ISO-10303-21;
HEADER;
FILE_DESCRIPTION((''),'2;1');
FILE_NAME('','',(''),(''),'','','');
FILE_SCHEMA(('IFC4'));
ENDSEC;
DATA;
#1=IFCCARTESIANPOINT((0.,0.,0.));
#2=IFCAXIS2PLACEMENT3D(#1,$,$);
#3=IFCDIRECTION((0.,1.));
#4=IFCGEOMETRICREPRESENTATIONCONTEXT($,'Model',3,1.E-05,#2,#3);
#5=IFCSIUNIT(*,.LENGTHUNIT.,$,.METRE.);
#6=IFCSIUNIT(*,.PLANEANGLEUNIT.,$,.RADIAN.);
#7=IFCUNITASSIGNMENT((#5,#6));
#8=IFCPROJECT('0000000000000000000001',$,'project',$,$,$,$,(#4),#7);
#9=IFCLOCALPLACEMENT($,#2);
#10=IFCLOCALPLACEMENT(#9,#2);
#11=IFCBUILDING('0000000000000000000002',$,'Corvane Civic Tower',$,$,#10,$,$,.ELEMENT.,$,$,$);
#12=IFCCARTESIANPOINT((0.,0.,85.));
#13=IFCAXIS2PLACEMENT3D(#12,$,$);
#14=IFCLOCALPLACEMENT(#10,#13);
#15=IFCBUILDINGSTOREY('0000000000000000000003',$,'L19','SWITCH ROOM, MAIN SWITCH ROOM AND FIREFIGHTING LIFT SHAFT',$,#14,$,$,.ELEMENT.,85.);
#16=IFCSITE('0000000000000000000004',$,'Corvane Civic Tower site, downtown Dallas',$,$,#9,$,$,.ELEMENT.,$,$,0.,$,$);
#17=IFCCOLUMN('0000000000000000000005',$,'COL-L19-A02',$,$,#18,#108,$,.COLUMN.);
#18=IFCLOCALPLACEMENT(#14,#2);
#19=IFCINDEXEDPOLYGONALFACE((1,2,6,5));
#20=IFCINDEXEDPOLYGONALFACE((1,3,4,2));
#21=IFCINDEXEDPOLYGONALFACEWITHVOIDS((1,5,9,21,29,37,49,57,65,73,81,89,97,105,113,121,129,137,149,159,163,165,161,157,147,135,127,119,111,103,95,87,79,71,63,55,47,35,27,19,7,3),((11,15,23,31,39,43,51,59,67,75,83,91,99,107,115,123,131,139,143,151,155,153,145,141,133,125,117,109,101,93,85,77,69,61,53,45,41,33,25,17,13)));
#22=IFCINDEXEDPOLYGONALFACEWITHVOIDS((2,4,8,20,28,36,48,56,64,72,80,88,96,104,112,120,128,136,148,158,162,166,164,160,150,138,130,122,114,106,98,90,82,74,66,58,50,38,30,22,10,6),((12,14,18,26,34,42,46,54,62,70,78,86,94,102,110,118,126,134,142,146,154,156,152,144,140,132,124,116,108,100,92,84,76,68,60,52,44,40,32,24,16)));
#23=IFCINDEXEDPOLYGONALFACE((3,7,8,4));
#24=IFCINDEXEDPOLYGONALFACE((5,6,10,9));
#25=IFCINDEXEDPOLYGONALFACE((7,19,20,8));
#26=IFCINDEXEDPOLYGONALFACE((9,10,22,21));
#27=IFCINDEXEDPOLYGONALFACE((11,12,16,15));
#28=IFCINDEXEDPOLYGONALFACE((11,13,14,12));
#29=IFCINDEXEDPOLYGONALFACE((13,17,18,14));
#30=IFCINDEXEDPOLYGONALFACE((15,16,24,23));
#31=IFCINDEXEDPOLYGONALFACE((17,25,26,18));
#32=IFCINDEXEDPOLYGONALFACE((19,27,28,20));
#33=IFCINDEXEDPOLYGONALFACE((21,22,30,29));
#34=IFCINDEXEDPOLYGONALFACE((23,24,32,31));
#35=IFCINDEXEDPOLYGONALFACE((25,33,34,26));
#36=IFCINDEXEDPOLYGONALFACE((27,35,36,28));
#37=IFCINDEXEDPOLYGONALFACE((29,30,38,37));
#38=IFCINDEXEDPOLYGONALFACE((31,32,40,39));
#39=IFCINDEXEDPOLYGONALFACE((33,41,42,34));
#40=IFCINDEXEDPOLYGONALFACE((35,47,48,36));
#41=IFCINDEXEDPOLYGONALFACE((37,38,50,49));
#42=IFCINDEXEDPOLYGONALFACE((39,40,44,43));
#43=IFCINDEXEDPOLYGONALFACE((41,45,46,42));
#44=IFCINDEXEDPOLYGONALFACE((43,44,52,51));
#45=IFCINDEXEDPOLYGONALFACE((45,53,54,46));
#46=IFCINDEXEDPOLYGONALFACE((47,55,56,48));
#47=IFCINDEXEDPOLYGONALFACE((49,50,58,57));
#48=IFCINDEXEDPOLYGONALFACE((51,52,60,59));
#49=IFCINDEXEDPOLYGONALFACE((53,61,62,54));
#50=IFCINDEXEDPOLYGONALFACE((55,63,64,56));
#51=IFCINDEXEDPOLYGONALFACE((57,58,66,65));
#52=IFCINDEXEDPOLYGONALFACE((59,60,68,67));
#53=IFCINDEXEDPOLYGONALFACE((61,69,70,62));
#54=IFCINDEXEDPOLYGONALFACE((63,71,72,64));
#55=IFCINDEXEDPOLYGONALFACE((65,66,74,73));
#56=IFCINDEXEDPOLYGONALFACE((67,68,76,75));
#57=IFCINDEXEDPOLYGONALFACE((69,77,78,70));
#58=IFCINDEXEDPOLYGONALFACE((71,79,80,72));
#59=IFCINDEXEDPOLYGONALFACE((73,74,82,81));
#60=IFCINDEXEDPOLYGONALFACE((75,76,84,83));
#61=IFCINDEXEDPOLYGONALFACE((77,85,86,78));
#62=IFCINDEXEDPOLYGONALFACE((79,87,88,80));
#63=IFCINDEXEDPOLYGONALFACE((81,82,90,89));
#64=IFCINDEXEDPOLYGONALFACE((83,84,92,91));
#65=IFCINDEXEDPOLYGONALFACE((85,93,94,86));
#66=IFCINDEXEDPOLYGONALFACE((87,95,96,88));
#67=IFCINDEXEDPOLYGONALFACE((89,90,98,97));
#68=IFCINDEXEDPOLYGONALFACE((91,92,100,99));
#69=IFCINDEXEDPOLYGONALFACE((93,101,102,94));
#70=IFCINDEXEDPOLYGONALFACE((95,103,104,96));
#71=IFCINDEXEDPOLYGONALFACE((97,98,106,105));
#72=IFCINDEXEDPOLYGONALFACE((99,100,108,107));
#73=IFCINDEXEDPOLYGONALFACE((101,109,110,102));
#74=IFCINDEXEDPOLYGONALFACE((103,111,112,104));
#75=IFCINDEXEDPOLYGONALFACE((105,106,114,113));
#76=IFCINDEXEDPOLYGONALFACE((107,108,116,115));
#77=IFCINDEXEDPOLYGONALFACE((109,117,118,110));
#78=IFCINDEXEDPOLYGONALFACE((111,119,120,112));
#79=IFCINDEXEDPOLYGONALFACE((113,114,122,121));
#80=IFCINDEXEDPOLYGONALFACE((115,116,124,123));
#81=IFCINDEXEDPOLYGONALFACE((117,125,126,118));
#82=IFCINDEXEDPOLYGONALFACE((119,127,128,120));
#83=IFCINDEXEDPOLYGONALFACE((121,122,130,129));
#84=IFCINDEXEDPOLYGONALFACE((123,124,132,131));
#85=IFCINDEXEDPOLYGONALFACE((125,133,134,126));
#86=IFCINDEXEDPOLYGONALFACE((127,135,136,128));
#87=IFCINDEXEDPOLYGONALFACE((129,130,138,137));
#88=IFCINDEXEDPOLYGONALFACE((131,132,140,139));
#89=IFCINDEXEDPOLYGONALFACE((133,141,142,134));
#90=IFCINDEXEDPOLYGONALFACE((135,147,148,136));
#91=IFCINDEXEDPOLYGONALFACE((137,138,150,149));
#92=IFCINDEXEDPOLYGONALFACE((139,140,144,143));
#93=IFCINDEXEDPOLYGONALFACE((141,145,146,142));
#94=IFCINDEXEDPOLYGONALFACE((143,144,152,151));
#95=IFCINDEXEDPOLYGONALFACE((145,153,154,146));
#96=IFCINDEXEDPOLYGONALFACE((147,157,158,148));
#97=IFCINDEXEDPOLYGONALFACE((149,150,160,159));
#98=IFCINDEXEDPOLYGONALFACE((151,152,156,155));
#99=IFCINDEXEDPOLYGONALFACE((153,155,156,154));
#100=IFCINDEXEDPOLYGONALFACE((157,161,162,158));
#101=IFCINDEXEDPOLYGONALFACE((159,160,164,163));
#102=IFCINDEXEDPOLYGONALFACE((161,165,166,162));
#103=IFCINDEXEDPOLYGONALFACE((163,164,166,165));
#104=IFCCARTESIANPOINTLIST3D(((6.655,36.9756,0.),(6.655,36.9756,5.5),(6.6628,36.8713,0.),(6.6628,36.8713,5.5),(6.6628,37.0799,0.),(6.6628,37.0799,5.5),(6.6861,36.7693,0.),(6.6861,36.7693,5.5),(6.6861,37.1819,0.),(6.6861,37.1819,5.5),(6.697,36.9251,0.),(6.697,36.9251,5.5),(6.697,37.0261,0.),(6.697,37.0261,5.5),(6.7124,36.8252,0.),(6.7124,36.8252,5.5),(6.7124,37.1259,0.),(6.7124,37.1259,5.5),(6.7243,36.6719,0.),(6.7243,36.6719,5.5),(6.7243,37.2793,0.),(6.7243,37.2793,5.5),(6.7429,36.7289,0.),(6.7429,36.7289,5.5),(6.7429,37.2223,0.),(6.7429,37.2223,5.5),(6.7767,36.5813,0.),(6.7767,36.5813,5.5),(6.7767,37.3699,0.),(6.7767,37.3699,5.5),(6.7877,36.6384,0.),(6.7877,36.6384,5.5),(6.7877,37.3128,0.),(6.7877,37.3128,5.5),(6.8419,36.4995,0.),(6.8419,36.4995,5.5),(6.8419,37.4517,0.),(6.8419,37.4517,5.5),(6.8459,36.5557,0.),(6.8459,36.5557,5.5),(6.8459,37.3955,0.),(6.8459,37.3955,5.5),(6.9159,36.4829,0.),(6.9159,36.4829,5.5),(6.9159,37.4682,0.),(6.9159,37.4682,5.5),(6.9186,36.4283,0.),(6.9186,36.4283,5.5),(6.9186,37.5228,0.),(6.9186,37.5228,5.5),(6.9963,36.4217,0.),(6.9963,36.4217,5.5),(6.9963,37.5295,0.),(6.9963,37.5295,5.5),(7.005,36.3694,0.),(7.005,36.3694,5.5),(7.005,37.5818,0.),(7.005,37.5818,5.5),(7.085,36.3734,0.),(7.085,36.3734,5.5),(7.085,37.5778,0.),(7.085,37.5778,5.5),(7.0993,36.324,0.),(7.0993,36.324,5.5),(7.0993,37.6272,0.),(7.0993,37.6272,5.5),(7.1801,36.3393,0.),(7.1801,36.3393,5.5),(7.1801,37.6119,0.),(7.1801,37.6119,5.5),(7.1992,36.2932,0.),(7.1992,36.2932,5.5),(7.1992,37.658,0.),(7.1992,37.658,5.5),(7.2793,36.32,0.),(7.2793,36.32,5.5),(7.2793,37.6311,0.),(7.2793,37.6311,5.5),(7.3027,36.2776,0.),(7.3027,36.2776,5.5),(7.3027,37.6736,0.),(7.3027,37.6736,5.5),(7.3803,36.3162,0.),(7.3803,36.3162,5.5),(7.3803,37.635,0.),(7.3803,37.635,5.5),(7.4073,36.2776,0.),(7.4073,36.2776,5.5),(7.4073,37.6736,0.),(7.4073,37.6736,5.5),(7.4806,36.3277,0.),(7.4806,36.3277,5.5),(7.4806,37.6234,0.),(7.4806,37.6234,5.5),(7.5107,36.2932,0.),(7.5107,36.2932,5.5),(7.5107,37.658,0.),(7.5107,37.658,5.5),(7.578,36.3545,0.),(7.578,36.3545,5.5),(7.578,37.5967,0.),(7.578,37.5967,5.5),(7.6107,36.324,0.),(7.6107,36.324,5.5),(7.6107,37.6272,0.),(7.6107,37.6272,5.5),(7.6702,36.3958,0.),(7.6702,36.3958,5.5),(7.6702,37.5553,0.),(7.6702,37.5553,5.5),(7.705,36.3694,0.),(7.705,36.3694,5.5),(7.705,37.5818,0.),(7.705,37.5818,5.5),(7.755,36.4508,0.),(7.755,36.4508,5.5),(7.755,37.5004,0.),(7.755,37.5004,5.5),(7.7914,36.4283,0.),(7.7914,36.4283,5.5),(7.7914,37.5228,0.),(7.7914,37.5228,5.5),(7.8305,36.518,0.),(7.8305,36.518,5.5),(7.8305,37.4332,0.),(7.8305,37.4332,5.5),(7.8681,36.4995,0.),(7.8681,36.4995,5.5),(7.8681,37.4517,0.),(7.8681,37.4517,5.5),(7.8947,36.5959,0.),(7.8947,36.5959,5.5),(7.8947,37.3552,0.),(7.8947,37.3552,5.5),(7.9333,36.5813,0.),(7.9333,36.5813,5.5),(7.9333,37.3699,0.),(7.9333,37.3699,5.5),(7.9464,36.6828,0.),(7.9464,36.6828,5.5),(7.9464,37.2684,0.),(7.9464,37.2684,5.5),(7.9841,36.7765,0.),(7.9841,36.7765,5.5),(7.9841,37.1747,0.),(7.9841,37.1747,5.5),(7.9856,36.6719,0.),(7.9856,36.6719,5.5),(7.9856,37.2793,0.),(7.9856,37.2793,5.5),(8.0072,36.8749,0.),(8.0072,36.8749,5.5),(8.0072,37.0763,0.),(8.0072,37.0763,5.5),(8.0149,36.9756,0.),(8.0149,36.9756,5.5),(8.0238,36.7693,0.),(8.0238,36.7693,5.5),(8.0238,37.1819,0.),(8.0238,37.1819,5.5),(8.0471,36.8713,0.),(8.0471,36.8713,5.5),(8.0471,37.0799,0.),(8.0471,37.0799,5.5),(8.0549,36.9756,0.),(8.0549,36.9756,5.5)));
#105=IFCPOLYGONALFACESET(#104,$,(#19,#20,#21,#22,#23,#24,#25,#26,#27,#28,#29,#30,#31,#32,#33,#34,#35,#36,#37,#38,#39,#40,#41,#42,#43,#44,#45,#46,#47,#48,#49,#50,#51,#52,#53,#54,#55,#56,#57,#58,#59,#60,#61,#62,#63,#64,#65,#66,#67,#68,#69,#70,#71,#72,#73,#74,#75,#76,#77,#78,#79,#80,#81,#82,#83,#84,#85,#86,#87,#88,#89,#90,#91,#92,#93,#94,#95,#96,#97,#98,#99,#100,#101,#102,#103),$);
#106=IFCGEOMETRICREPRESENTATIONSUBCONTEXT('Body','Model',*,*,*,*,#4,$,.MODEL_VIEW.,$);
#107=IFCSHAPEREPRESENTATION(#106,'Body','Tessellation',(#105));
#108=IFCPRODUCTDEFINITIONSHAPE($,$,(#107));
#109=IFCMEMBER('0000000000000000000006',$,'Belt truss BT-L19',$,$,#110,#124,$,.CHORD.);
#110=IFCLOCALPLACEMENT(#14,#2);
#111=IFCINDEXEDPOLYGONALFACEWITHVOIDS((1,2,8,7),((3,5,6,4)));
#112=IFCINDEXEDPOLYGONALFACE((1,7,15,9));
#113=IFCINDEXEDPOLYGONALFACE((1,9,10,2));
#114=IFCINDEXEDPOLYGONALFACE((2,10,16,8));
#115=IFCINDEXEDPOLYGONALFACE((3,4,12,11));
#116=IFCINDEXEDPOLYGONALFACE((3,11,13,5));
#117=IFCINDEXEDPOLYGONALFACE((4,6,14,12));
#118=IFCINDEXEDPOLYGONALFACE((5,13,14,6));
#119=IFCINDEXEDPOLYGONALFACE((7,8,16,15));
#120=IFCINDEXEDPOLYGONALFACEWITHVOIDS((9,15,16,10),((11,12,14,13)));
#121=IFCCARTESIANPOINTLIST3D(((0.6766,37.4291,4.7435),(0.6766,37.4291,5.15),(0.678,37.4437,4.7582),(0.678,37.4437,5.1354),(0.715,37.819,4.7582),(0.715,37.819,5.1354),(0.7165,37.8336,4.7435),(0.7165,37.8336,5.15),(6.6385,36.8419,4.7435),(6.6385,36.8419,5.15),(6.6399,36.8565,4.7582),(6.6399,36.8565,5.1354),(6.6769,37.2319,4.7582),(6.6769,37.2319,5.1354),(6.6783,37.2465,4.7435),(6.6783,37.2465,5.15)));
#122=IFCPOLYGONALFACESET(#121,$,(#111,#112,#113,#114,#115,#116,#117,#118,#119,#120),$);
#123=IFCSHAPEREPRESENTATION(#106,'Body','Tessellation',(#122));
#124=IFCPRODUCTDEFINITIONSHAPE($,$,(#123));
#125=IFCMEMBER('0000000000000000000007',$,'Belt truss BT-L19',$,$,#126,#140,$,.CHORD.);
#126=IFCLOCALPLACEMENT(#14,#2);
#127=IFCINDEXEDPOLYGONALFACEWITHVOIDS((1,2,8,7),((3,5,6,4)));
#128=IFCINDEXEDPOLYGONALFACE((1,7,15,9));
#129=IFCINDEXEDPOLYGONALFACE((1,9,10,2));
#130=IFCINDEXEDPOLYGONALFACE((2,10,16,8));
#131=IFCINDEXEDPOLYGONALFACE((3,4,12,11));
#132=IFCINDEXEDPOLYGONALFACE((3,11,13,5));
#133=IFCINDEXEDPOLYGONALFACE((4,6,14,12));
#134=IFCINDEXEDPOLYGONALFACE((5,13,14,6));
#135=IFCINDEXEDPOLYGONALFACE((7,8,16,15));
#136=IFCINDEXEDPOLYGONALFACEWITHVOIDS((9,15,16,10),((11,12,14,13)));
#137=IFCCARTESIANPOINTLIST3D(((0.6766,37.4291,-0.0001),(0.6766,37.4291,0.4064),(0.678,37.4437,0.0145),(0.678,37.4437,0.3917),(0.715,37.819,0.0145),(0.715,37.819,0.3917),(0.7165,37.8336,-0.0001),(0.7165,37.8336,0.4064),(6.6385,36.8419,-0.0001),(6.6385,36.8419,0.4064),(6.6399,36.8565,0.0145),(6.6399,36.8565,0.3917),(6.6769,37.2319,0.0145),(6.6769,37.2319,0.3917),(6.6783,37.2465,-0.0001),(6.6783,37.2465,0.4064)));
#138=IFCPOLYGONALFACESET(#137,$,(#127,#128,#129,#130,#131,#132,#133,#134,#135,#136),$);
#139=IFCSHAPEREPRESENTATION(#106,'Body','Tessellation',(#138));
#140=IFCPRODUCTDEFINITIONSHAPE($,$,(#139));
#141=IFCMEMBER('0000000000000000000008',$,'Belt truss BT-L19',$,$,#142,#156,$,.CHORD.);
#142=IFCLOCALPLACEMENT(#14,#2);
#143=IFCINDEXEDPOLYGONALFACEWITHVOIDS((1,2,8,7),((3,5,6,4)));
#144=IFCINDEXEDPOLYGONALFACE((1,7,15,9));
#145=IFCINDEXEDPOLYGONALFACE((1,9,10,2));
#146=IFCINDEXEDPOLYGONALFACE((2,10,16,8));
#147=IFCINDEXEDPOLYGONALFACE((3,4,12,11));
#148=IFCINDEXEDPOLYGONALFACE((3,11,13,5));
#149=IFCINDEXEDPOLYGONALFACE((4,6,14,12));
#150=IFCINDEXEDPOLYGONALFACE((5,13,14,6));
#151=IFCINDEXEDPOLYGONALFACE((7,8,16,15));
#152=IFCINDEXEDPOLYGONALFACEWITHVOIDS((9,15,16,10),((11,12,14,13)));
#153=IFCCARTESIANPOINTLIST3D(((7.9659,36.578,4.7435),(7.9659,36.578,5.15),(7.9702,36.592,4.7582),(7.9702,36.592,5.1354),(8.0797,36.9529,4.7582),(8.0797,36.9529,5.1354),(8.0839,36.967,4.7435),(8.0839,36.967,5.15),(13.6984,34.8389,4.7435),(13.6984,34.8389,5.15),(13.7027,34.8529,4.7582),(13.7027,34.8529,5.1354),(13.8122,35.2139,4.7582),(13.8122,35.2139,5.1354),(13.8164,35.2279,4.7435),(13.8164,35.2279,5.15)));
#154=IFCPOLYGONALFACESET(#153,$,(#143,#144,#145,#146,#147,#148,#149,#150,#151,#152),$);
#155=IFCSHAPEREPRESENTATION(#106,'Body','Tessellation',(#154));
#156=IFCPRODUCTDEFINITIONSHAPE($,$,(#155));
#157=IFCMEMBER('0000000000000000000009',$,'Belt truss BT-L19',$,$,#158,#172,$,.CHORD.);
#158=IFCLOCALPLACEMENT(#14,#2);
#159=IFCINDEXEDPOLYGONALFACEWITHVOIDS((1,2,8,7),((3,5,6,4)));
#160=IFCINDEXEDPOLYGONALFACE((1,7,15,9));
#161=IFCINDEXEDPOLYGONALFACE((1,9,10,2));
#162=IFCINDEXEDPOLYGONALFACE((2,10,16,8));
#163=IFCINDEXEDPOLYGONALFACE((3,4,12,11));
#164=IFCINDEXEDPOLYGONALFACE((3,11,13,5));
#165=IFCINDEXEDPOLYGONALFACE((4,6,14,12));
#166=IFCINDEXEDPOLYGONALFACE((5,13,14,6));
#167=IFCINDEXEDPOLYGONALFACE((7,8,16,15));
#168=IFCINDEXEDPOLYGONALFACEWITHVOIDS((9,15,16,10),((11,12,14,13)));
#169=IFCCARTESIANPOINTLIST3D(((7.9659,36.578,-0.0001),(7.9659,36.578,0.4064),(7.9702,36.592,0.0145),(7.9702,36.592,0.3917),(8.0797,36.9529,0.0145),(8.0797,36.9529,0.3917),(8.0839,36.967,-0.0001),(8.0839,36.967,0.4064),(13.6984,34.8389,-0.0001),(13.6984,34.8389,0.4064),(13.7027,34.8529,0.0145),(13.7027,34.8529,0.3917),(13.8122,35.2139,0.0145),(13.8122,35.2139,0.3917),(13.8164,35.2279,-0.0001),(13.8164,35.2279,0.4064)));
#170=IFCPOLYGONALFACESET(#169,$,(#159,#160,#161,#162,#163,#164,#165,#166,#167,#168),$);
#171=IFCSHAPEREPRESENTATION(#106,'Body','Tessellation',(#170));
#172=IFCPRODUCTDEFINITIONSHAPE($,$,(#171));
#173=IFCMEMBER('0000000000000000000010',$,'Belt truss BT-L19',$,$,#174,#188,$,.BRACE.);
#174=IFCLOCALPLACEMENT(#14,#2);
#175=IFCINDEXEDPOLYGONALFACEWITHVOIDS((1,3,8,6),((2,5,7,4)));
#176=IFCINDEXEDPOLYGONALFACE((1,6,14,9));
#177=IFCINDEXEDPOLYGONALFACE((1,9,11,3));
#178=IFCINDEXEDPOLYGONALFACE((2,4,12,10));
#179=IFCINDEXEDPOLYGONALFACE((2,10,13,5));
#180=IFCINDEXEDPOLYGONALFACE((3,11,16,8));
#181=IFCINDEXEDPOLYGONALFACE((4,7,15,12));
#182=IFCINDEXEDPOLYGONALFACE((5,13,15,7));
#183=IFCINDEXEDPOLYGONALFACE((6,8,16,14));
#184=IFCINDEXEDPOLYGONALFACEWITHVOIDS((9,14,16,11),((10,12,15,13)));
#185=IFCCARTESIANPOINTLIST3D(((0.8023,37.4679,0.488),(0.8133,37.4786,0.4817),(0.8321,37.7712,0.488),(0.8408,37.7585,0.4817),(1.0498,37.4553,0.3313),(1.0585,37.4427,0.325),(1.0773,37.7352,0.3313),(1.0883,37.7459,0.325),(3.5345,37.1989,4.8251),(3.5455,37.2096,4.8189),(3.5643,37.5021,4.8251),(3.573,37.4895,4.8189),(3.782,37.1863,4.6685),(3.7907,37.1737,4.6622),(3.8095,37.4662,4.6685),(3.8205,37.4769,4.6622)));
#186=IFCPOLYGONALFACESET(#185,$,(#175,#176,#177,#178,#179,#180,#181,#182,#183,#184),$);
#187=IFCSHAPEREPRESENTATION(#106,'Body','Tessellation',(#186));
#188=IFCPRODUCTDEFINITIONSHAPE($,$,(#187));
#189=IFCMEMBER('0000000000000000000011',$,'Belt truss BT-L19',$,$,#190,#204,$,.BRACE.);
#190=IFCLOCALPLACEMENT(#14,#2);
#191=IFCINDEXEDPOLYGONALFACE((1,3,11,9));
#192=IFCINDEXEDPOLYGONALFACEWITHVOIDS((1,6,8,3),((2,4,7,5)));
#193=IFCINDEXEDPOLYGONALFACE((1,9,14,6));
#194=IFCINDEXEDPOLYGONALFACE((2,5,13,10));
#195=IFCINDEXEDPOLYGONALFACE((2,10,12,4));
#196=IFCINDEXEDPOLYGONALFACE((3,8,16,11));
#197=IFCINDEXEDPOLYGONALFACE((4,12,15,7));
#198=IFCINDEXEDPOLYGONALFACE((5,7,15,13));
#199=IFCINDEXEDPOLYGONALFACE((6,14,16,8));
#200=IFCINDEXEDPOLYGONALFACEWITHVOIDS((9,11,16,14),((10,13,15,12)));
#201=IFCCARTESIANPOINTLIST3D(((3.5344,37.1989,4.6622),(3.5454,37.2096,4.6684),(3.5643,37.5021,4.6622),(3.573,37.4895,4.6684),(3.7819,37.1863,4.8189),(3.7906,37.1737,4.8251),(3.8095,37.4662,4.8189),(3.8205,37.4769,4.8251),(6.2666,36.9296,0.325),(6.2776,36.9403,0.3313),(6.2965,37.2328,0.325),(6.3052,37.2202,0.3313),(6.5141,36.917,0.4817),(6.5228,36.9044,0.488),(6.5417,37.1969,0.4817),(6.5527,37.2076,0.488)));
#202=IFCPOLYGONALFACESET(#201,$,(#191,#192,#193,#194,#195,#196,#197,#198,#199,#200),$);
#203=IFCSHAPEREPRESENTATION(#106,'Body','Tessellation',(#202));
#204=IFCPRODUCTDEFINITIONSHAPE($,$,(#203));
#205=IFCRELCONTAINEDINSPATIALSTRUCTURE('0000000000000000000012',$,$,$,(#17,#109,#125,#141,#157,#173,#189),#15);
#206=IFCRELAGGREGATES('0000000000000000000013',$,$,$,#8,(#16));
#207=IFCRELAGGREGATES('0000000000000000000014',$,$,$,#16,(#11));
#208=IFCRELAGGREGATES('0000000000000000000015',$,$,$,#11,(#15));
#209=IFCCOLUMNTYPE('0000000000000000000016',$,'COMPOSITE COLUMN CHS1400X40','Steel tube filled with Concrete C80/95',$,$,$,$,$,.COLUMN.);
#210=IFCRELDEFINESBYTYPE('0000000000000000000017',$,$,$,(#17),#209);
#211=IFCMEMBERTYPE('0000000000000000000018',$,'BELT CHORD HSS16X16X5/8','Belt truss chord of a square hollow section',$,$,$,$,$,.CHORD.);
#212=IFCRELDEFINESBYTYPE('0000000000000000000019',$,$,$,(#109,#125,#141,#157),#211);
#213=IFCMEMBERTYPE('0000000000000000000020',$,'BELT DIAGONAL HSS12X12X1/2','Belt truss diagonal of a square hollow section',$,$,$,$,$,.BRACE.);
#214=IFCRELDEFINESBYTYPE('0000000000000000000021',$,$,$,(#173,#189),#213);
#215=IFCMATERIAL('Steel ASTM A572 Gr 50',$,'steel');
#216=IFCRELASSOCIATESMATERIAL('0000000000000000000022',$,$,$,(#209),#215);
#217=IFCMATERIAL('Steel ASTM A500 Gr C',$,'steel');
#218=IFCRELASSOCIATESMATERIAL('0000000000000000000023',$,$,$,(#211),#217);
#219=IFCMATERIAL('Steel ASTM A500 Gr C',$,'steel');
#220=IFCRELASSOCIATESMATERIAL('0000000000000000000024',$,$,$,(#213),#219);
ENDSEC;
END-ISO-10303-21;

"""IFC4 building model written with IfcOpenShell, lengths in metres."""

from ifc_helpers import new_model, si_unit, direction, frame, origin, origin_2d, place, context, subcontext, project, spatial, hollow_rectangle, hollow_circle, extrude, material, material_profile, profile_set, type_object, element, save


model = new_model("IFC4")

# Units and contexts
model_context = context("Model", 3, precision=1e-05, world=origin(), true_north=direction((0.0, 1.0)))
body_context = subcontext(model_context, "Body", "Model", "MODEL_VIEW")
ifc_project = project(units=[si_unit("LENGTHUNIT", "METRE"), si_unit("PLANEANGLEUNIT", "RADIAN")], contexts=[model_context])

# Site, building, storey
site_placement = place(None, origin())
site = spatial("IfcSite", under=ifc_project, at=site_placement, Name="Corvane Civic Tower site, downtown Dallas", CompositionType="ELEMENT", RefElevation=0.0)
building_placement = place(site_placement, origin())
building = spatial("IfcBuilding", under=site, at=building_placement, Name="Corvane Civic Tower", CompositionType="ELEMENT")
storey_placement = place(building_placement, frame((0.0, 0.0, 85.0)))
storey = spatial("IfcBuildingStorey", under=building, at=storey_placement, Name="L19", Description="SWITCH ROOM, MAIN SWITCH ROOM AND FIREFIGHTING LIFT SHAFT", CompositionType="ELEMENT", Elevation=85.0)

# Column
ifc_material_1 = material(Name="Steel ASTM A572 Gr 50", Category="steel")
ifc_material_profile_1 = material_profile(ifc_material_1, hollow_circle(Radius=0.7, WallThickness=0.04, at=origin_2d()), Name="CHS1400X40")
ifc_profile_set_1 = profile_set([ifc_material_profile_1], Name="Steel ASTM A572 Gr 50")
column_type_1 = type_object("IfcColumnType", Name="COMPOSITE COLUMN CHS1400X40", Description="Steel tube filled with Concrete C80/95", PredefinedType="COLUMN", material=ifc_profile_set_1)
column_placement = place(storey_placement, frame((7.355, 36.9756, 0.0), z_axis=(0.0, 0.0, 1.0), x_axis=(1.0, 0.0, 0.0)))
element("IfcColumn", 1, at=column_placement, inside=storey, type_object=column_type_1, Name="COL-L19-A02", PredefinedType="COLUMN", context=body_context, shape_type="SweptSolid", body=[
    extrude(hollow_circle(Radius=0.7, WallThickness=0.04, at=origin_2d()), origin(), (0.0, 0.0, 1.0), 5.5),
])

# Members
ifc_material_2 = material(Name="Steel ASTM A500 Gr C", Category="steel")
ifc_material_profile_2 = material_profile(ifc_material_2, hollow_rectangle(XDim=0.4065, YDim=0.4065, WallThickness=0.0146, at=origin_2d()), Name="HSS16X16X5/8")
ifc_profile_set_2 = profile_set([ifc_material_profile_2], Name="Steel ASTM A500 Gr C")
member_type_1 = type_object("IfcMemberType", Name="BELT CHORD HSS16X16X5/8", Description="Belt truss chord of a square hollow section", PredefinedType="CHORD", material=ifc_profile_set_2)
for number, where, z_axis, x_axis, name in (
    (2, (0.6965, 37.6313, 4.9468), (0.995185, -0.098011, 0.0), (0.098011, 0.995185, 0.0), "Belt truss BT-L19"),
    (3, (0.6965, 37.6313, 0.2031), (0.995185, -0.098011, 0.0), (0.098011, 0.995185, 0.0), "Belt truss BT-L19"),
):
    element("IfcMember", number, at=place(storey_placement, frame(where, z_axis=z_axis, x_axis=x_axis)), inside=storey, type_object=member_type_1, Name=name, PredefinedType="CHORD", context=body_context, shape_type="SweptSolid", body=[
        extrude(hollow_rectangle(XDim=0.4065, YDim=0.4065, WallThickness=0.0146, at=origin_2d()), origin(), (0.0, 0.0, 1.0), 5.9907),
    ])
for number, where, z_axis, x_axis, name in (
    (4, (8.0249, 36.7725, 4.9468), (0.956936, -0.2903, 0.0), (0.2903, 0.956936, 0.0), "Belt truss BT-L19"),
    (5, (8.0249, 36.7725, 0.2031), (0.956936, -0.2903, 0.0), (0.2903, 0.956936, 0.0), "Belt truss BT-L19"),
):
    element("IfcMember", number, at=place(storey_placement, frame(where, z_axis=z_axis, x_axis=x_axis)), inside=storey, type_object=member_type_1, Name=name, PredefinedType="CHORD", context=body_context, shape_type="SweptSolid", body=[
        extrude(hollow_rectangle(XDim=0.4065, YDim=0.4065, WallThickness=0.0146, at=origin_2d()), origin(), (0.0, 0.0, 1.0), 5.9905),
    ])
ifc_material_3 = material(Name="Steel ASTM A500 Gr C", Category="steel")
ifc_material_profile_3 = material_profile(ifc_material_3, hollow_rectangle(XDim=0.3047, YDim=0.3047, WallThickness=0.0117, at=origin_2d()), Name="HSS12X12X1/2")
ifc_profile_set_3 = profile_set([ifc_material_profile_3], Name="Steel ASTM A500 Gr C")
member_type_2 = type_object("IfcMemberType", Name="BELT DIAGONAL HSS12X12X1/2", Description="Belt truss diagonal of a square hollow section", PredefinedType="BRACE", material=ifc_profile_set_3)
for number, where, z_axis, x_axis, name in (
    (6, (0.9453, 37.6069, 0.4065), (0.532273, -0.052414, 0.844949), (0.097998, 0.995187, 0.0), "Belt truss BT-L19"),
    (7, (6.4097, 37.0686, 0.4065), (-0.532271, 0.052461, 0.844947), (-0.098086, -0.995178, 0.0), "Belt truss BT-L19"),
):
    element("IfcMember", number, at=place(storey_placement, frame(where, z_axis=z_axis, x_axis=x_axis)), inside=storey, type_object=member_type_2, Name=name, PredefinedType="BRACE", context=body_context, shape_type="SweptSolid", body=[
        extrude(hollow_rectangle(XDim=0.3047, YDim=0.3047, WallThickness=0.0117, at=origin_2d()), origin(), (0.0, 0.0, 1.0), 5.1331),
    ])

save(model, "model.ifc")
